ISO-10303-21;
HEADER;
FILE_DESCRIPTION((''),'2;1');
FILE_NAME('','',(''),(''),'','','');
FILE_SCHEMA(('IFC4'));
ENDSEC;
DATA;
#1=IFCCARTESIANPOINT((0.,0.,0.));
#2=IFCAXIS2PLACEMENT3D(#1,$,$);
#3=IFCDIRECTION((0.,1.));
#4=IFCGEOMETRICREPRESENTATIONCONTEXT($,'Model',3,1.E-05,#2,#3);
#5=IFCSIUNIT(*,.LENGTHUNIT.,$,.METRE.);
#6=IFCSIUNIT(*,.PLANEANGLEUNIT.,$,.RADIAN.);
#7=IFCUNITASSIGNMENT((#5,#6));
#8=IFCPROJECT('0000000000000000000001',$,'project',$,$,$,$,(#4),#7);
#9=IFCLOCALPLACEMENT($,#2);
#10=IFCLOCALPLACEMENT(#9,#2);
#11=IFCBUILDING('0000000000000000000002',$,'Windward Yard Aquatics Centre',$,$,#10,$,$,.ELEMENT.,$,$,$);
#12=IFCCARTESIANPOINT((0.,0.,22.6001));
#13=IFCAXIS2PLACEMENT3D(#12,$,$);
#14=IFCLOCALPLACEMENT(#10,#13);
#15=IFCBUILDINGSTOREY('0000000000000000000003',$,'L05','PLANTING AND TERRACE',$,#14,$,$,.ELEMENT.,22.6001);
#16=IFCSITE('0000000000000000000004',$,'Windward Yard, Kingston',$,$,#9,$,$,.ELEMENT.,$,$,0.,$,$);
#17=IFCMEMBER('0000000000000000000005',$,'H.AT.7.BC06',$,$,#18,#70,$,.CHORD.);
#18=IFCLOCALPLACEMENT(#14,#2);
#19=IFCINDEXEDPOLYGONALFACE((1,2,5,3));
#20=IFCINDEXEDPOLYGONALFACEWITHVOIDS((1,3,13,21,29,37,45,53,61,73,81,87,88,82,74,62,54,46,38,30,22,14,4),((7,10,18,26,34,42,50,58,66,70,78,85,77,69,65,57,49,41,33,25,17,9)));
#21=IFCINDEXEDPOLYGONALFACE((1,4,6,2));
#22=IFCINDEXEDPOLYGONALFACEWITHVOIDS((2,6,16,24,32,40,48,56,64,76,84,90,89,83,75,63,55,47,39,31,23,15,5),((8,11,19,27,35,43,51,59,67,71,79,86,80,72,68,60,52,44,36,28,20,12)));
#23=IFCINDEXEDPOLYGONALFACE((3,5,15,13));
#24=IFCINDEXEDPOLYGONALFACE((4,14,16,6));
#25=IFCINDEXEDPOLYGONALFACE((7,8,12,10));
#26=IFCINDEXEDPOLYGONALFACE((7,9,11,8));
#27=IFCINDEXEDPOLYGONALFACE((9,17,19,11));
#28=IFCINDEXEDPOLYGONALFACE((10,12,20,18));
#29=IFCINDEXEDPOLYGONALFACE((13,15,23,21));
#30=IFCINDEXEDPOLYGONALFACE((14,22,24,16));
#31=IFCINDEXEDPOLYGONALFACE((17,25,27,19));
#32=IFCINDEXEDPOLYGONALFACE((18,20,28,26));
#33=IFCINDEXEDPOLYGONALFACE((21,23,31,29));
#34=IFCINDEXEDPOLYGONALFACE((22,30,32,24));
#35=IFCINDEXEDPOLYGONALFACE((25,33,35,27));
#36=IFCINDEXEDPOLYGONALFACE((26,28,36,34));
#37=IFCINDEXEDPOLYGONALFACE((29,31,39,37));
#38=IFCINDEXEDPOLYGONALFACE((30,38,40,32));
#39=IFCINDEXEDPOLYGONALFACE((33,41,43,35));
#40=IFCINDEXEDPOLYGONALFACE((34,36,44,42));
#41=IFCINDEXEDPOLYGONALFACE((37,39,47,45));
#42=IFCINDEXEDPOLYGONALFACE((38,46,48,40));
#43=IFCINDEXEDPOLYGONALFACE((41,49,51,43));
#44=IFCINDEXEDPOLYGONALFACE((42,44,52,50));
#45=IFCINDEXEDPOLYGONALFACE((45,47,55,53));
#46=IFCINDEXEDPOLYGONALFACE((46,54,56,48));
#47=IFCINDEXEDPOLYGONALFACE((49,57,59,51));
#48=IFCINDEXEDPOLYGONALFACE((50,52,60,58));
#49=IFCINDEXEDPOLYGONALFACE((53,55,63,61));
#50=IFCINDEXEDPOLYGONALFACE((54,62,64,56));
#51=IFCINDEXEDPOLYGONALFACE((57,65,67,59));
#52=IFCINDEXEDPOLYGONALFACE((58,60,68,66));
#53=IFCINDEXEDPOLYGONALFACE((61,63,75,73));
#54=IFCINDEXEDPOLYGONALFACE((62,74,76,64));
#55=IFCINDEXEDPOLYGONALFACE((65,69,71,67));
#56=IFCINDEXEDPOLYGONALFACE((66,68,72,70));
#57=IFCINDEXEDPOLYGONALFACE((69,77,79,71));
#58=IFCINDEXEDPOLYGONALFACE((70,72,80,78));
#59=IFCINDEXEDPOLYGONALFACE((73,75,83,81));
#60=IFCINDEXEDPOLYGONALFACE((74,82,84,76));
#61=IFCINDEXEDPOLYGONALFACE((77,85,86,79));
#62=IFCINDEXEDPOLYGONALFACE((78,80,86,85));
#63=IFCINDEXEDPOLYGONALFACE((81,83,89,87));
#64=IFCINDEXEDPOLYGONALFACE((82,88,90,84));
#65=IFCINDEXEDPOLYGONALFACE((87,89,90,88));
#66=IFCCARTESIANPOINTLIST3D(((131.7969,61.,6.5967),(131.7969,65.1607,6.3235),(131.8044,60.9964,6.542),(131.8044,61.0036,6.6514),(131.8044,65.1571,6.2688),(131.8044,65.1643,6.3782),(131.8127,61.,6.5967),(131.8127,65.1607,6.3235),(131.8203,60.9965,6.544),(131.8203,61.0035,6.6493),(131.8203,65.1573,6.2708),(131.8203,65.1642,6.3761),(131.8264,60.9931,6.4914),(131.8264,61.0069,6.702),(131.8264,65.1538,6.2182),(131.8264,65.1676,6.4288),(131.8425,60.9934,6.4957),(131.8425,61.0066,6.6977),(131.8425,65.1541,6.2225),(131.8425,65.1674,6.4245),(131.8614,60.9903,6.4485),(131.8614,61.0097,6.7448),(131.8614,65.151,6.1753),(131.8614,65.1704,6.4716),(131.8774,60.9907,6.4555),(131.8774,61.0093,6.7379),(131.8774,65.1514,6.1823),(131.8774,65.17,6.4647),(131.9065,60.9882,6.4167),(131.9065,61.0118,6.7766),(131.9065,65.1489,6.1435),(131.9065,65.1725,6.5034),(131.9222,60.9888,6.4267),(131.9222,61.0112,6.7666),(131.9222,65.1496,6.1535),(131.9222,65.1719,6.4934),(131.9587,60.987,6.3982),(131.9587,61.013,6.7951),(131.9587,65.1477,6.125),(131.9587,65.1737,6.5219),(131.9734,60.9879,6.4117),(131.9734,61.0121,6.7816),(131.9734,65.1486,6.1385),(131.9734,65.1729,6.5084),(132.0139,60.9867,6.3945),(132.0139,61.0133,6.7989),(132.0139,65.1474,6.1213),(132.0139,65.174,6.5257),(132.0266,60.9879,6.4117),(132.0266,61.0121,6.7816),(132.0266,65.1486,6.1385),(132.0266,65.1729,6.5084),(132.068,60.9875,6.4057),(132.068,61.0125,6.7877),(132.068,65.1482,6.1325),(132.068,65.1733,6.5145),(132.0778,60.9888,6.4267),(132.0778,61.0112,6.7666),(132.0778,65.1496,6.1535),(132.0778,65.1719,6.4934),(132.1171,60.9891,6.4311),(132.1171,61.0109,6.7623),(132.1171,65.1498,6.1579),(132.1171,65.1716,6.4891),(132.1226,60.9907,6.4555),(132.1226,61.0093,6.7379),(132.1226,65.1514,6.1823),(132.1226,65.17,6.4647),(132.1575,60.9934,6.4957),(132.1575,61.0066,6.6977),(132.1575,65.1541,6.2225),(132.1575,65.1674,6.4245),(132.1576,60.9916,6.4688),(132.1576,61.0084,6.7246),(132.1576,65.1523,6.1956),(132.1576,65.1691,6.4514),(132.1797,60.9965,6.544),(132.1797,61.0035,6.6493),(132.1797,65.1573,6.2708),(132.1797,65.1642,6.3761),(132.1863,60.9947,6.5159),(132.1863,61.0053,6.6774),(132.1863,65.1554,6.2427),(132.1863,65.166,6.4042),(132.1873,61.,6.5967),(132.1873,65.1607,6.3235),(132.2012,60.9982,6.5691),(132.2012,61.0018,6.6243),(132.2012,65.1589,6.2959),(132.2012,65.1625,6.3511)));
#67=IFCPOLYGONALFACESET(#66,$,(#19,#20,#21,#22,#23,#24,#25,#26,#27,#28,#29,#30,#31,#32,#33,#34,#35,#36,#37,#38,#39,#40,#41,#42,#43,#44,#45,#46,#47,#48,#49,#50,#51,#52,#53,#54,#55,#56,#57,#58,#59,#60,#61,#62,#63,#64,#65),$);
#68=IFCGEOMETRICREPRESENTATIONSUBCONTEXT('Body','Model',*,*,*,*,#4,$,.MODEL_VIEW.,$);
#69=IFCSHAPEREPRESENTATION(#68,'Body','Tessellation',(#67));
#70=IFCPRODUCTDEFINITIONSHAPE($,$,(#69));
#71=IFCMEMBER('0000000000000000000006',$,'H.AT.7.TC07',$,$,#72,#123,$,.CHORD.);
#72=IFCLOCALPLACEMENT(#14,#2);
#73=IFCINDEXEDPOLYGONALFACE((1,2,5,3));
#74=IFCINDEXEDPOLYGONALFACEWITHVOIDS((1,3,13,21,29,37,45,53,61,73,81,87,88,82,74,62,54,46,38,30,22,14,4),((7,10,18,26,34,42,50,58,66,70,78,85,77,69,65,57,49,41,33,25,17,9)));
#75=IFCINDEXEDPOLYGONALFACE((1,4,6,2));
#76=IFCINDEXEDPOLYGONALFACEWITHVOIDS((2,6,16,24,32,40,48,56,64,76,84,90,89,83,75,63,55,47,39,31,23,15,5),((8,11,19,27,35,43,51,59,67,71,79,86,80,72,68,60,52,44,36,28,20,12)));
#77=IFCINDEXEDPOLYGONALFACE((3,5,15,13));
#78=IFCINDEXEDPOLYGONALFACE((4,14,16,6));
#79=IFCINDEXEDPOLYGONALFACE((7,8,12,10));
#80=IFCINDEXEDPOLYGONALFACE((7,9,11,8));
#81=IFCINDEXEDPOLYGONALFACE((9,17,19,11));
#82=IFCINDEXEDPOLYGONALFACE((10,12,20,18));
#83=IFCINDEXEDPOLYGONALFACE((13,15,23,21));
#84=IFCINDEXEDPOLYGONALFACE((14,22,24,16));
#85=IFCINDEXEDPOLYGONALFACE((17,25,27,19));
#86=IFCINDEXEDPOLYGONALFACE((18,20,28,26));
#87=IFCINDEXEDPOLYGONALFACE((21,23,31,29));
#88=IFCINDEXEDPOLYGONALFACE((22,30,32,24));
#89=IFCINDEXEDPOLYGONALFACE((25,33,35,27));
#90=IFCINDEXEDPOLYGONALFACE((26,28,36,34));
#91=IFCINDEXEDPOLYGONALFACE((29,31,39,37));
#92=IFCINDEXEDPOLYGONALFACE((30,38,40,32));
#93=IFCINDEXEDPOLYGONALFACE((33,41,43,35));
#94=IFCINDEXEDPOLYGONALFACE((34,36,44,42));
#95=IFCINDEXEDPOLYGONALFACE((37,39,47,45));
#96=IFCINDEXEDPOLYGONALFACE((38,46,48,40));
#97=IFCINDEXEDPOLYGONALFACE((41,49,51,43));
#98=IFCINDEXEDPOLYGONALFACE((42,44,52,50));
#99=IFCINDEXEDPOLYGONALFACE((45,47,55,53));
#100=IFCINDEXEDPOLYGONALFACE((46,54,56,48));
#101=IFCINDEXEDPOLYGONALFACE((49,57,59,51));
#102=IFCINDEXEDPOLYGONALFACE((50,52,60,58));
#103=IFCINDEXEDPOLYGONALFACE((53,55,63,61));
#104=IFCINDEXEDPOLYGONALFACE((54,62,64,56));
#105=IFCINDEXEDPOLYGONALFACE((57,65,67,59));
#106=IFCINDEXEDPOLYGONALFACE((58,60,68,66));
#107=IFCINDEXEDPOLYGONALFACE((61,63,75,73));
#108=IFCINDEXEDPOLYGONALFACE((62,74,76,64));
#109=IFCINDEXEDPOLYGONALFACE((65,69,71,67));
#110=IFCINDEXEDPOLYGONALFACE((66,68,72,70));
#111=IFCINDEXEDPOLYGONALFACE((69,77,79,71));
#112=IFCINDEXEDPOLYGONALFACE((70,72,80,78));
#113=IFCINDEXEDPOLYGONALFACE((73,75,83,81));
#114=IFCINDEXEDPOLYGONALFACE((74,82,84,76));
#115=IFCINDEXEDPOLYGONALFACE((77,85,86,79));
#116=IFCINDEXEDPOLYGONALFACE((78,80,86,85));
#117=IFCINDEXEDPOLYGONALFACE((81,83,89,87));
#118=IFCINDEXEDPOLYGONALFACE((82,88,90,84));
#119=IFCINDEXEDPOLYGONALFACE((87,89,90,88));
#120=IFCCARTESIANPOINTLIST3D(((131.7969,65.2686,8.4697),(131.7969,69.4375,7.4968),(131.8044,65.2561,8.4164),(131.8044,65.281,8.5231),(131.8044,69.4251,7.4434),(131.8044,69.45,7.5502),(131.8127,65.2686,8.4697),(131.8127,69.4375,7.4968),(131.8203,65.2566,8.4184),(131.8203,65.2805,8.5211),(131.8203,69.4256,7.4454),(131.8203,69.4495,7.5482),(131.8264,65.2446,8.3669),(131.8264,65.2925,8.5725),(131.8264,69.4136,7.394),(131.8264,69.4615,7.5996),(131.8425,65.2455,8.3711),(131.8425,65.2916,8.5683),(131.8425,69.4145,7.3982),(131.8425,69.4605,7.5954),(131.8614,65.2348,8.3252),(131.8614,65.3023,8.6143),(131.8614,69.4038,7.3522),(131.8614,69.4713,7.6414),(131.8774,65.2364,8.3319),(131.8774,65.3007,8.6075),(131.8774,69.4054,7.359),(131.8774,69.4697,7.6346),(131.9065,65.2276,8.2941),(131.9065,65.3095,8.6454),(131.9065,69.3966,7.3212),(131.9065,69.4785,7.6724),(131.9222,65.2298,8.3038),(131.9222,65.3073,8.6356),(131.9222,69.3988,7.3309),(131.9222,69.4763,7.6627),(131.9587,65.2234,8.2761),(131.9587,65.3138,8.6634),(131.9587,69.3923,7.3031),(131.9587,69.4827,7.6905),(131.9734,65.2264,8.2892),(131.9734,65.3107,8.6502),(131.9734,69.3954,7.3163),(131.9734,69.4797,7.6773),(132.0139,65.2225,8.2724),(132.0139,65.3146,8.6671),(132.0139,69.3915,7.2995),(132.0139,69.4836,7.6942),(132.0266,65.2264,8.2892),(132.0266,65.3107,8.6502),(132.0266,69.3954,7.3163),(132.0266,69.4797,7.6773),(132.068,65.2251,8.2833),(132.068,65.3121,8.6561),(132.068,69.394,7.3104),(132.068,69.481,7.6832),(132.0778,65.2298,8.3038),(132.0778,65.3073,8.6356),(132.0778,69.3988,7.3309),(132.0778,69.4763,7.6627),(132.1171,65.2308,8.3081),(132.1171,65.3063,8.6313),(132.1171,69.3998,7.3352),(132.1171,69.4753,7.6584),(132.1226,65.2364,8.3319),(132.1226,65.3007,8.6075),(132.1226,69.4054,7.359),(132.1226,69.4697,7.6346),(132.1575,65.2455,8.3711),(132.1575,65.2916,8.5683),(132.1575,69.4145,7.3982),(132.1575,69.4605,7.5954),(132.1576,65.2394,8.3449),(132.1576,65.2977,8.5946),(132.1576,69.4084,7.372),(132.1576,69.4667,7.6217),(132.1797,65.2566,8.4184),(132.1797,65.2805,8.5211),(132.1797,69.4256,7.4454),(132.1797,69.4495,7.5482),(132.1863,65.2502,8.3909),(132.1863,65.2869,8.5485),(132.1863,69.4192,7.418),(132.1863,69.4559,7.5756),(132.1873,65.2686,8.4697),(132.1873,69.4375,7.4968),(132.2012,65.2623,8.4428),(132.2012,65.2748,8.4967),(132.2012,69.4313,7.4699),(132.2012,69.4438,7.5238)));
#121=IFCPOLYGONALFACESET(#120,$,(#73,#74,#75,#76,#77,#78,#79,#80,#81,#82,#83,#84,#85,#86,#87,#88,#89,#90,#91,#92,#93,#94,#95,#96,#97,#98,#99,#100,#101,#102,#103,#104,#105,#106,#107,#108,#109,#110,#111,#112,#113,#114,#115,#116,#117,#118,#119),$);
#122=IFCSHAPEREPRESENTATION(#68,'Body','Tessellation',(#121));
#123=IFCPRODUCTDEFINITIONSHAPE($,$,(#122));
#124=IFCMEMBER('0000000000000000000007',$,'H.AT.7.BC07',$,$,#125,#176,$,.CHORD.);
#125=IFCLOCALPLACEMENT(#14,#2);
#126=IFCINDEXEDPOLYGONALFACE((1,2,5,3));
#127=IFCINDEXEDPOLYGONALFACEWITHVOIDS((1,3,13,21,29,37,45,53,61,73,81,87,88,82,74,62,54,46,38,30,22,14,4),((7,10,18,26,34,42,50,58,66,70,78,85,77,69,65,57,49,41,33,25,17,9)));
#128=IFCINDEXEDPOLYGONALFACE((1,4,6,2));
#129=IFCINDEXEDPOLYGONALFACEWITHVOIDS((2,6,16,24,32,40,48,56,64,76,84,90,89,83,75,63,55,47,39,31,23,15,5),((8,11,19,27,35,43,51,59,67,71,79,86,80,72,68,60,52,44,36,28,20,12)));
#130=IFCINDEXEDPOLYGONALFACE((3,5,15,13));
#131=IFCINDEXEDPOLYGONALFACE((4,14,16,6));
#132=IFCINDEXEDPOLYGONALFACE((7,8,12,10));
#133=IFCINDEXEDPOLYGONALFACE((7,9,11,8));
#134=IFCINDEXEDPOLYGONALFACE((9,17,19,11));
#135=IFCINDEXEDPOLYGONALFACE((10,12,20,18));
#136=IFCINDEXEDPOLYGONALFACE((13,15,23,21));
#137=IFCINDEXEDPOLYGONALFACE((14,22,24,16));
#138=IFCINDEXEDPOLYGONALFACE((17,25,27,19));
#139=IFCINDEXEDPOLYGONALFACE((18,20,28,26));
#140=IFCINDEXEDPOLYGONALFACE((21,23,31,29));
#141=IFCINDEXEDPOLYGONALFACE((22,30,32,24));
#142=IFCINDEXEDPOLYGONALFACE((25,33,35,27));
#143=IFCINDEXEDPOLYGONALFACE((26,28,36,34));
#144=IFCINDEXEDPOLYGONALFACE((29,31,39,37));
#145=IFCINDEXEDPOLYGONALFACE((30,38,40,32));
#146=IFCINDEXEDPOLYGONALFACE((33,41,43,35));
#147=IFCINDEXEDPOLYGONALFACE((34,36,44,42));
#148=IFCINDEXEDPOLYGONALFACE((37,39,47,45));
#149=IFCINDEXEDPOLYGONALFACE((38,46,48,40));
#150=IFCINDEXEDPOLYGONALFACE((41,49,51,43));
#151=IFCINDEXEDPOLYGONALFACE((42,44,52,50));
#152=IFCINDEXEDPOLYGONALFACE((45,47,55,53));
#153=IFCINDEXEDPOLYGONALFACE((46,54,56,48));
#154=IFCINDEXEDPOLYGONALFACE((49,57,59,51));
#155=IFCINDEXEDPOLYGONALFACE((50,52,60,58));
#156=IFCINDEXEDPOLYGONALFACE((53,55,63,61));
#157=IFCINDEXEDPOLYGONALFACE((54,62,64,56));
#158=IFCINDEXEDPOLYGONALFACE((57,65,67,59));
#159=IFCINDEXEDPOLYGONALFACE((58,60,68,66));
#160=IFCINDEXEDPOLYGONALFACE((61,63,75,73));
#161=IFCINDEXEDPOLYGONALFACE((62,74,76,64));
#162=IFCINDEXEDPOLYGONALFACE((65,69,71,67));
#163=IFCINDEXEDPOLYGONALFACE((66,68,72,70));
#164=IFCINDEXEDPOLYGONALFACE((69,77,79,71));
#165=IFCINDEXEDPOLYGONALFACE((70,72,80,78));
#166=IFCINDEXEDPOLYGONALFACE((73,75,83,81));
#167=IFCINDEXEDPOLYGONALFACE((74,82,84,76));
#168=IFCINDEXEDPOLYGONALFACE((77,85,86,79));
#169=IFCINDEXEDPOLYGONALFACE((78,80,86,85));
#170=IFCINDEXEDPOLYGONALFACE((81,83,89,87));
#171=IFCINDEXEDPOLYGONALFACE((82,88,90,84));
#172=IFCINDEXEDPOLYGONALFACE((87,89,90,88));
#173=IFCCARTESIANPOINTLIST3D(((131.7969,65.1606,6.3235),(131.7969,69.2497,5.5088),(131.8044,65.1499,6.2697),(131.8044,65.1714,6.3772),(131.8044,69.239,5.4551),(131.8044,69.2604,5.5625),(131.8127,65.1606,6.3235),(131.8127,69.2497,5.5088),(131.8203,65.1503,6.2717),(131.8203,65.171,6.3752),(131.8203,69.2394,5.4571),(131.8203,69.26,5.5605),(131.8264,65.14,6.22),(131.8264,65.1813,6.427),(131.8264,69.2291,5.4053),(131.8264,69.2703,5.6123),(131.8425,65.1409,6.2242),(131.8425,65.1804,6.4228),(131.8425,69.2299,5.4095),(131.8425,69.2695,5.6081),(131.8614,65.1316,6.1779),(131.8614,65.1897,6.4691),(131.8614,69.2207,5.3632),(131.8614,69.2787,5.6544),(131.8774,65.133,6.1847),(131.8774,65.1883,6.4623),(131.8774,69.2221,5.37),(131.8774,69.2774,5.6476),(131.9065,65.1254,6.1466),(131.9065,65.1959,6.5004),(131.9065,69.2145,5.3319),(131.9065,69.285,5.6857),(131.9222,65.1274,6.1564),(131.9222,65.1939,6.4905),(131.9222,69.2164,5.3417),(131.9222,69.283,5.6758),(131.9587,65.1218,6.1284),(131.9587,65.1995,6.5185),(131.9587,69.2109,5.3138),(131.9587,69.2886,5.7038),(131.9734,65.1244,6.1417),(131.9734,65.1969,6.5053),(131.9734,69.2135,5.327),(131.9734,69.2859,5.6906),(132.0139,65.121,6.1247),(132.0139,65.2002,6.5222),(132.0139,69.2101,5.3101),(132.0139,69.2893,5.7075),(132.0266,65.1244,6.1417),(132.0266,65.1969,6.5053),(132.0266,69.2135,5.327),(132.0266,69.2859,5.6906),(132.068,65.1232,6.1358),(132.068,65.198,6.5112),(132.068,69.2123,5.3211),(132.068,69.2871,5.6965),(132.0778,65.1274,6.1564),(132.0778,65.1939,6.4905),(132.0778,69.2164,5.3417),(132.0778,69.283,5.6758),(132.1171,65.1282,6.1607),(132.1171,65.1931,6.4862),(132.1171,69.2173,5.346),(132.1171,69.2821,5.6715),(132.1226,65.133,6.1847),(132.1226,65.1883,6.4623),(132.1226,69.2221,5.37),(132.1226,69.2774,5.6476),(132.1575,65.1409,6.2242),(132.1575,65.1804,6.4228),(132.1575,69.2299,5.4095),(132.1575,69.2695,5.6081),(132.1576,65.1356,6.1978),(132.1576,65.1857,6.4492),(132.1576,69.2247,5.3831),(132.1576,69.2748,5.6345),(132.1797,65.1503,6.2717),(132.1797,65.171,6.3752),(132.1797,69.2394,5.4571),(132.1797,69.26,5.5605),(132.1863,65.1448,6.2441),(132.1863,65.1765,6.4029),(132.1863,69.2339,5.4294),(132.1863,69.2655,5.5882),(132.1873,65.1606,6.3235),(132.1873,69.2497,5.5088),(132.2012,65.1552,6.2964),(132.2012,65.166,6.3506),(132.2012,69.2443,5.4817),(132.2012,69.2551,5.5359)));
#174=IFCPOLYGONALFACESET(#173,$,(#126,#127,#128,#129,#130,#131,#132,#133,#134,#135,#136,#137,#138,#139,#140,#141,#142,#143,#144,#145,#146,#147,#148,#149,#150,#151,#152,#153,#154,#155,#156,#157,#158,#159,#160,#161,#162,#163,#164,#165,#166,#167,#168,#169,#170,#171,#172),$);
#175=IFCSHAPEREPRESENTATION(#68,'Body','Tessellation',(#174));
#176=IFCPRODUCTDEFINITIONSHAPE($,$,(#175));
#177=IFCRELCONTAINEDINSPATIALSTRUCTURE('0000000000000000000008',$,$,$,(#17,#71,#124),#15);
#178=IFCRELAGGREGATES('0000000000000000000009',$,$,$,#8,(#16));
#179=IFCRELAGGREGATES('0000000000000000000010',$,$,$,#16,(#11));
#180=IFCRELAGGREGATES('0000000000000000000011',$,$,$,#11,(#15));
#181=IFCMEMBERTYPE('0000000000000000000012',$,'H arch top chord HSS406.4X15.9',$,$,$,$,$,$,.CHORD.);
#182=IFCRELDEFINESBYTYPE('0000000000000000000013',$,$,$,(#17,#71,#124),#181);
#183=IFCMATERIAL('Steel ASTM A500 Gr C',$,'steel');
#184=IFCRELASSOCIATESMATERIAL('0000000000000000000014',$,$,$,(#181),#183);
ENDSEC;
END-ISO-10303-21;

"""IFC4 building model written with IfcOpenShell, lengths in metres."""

from ifc_helpers import new_model, si_unit, direction, frame, origin, origin_2d, place, context, subcontext, project, spatial, hollow_circle, extrude, material, material_profile, profile_set, type_object, element, save


model = new_model("IFC4")

# Units and contexts
model_context = context("Model", 3, precision=1e-05, world=origin(), true_north=direction((0.0, 1.0)))
body_context = subcontext(model_context, "Body", "Model", "MODEL_VIEW")
ifc_project = project(units=[si_unit("LENGTHUNIT", "METRE"), si_unit("PLANEANGLEUNIT", "RADIAN")], contexts=[model_context])

# Site, building, storey
site_placement = place(None, origin())
site = spatial("IfcSite", under=ifc_project, at=site_placement, Name="Windward Yard, Kingston", CompositionType="ELEMENT", RefElevation=0.0)
building_placement = place(site_placement, origin())
building = spatial("IfcBuilding", under=site, at=building_placement, Name="Windward Yard Aquatics Centre", CompositionType="ELEMENT")
storey_placement = place(building_placement, frame((0.0, 0.0, 22.6001)))
storey = spatial("IfcBuildingStorey", under=building, at=storey_placement, Name="L05", Description="PLANTING AND TERRACE", CompositionType="ELEMENT", Elevation=22.6001)

# Members
ifc_material_1 = material(Name="Steel ASTM A500 Gr C", Category="steel")
ifc_material_profile_1 = material_profile(ifc_material_1, hollow_circle(Radius=0.2031, WallThickness=0.0159, at=origin_2d()), Name="HSS406.4X15.9")
ifc_profile_set_1 = profile_set([ifc_material_profile_1], Name="Steel ASTM A500 Gr C")
member_type_1 = type_object("IfcMemberType", Name="H arch top chord HSS406.4X15.9", PredefinedType="CHORD", material=ifc_profile_set_1)
member_1_placement = place(storey_placement, frame((132.0, 61.0, 6.5967), z_axis=(0.0, 0.997851, -0.06552), x_axis=(-1.0, 0.0, 0.0)))
element("IfcMember", 1, at=member_1_placement, inside=storey, type_object=member_type_1, Name="H.AT.7.BC06", PredefinedType="CHORD", context=body_context, shape_type="SweptSolid", body=[
    extrude(hollow_circle(Radius=0.2031, WallThickness=0.0159, at=origin_2d()), origin(), (0.0, 0.0, 1.0), 4.1697),
])
member_2_placement = place(storey_placement, frame((132.0, 65.2686, 8.4697), z_axis=(0.0, 0.973834, -0.227262), x_axis=(-1.0, 0.0, 0.0)))
element("IfcMember", 2, at=member_2_placement, inside=storey, type_object=member_type_1, Name="H.AT.7.TC07", PredefinedType="CHORD", context=body_context, shape_type="SweptSolid", body=[
    extrude(hollow_circle(Radius=0.2031, WallThickness=0.0159, at=origin_2d()), origin(), (0.0, 0.0, 1.0), 4.281),
])
member_3_placement = place(storey_placement, frame((132.0, 65.1606, 6.3235), z_axis=(0.0, 0.980725, -0.195395), x_axis=(-1.0, 0.0, 0.0)))
element("IfcMember", 3, at=member_3_placement, inside=storey, type_object=member_type_1, Name="H.AT.7.BC07", PredefinedType="CHORD", context=body_context, shape_type="SweptSolid", body=[
    extrude(hollow_circle(Radius=0.2031, WallThickness=0.0159, at=origin_2d()), origin(), (0.0, 0.0, 1.0), 4.1694),
])

save(model, "model.ifc")
